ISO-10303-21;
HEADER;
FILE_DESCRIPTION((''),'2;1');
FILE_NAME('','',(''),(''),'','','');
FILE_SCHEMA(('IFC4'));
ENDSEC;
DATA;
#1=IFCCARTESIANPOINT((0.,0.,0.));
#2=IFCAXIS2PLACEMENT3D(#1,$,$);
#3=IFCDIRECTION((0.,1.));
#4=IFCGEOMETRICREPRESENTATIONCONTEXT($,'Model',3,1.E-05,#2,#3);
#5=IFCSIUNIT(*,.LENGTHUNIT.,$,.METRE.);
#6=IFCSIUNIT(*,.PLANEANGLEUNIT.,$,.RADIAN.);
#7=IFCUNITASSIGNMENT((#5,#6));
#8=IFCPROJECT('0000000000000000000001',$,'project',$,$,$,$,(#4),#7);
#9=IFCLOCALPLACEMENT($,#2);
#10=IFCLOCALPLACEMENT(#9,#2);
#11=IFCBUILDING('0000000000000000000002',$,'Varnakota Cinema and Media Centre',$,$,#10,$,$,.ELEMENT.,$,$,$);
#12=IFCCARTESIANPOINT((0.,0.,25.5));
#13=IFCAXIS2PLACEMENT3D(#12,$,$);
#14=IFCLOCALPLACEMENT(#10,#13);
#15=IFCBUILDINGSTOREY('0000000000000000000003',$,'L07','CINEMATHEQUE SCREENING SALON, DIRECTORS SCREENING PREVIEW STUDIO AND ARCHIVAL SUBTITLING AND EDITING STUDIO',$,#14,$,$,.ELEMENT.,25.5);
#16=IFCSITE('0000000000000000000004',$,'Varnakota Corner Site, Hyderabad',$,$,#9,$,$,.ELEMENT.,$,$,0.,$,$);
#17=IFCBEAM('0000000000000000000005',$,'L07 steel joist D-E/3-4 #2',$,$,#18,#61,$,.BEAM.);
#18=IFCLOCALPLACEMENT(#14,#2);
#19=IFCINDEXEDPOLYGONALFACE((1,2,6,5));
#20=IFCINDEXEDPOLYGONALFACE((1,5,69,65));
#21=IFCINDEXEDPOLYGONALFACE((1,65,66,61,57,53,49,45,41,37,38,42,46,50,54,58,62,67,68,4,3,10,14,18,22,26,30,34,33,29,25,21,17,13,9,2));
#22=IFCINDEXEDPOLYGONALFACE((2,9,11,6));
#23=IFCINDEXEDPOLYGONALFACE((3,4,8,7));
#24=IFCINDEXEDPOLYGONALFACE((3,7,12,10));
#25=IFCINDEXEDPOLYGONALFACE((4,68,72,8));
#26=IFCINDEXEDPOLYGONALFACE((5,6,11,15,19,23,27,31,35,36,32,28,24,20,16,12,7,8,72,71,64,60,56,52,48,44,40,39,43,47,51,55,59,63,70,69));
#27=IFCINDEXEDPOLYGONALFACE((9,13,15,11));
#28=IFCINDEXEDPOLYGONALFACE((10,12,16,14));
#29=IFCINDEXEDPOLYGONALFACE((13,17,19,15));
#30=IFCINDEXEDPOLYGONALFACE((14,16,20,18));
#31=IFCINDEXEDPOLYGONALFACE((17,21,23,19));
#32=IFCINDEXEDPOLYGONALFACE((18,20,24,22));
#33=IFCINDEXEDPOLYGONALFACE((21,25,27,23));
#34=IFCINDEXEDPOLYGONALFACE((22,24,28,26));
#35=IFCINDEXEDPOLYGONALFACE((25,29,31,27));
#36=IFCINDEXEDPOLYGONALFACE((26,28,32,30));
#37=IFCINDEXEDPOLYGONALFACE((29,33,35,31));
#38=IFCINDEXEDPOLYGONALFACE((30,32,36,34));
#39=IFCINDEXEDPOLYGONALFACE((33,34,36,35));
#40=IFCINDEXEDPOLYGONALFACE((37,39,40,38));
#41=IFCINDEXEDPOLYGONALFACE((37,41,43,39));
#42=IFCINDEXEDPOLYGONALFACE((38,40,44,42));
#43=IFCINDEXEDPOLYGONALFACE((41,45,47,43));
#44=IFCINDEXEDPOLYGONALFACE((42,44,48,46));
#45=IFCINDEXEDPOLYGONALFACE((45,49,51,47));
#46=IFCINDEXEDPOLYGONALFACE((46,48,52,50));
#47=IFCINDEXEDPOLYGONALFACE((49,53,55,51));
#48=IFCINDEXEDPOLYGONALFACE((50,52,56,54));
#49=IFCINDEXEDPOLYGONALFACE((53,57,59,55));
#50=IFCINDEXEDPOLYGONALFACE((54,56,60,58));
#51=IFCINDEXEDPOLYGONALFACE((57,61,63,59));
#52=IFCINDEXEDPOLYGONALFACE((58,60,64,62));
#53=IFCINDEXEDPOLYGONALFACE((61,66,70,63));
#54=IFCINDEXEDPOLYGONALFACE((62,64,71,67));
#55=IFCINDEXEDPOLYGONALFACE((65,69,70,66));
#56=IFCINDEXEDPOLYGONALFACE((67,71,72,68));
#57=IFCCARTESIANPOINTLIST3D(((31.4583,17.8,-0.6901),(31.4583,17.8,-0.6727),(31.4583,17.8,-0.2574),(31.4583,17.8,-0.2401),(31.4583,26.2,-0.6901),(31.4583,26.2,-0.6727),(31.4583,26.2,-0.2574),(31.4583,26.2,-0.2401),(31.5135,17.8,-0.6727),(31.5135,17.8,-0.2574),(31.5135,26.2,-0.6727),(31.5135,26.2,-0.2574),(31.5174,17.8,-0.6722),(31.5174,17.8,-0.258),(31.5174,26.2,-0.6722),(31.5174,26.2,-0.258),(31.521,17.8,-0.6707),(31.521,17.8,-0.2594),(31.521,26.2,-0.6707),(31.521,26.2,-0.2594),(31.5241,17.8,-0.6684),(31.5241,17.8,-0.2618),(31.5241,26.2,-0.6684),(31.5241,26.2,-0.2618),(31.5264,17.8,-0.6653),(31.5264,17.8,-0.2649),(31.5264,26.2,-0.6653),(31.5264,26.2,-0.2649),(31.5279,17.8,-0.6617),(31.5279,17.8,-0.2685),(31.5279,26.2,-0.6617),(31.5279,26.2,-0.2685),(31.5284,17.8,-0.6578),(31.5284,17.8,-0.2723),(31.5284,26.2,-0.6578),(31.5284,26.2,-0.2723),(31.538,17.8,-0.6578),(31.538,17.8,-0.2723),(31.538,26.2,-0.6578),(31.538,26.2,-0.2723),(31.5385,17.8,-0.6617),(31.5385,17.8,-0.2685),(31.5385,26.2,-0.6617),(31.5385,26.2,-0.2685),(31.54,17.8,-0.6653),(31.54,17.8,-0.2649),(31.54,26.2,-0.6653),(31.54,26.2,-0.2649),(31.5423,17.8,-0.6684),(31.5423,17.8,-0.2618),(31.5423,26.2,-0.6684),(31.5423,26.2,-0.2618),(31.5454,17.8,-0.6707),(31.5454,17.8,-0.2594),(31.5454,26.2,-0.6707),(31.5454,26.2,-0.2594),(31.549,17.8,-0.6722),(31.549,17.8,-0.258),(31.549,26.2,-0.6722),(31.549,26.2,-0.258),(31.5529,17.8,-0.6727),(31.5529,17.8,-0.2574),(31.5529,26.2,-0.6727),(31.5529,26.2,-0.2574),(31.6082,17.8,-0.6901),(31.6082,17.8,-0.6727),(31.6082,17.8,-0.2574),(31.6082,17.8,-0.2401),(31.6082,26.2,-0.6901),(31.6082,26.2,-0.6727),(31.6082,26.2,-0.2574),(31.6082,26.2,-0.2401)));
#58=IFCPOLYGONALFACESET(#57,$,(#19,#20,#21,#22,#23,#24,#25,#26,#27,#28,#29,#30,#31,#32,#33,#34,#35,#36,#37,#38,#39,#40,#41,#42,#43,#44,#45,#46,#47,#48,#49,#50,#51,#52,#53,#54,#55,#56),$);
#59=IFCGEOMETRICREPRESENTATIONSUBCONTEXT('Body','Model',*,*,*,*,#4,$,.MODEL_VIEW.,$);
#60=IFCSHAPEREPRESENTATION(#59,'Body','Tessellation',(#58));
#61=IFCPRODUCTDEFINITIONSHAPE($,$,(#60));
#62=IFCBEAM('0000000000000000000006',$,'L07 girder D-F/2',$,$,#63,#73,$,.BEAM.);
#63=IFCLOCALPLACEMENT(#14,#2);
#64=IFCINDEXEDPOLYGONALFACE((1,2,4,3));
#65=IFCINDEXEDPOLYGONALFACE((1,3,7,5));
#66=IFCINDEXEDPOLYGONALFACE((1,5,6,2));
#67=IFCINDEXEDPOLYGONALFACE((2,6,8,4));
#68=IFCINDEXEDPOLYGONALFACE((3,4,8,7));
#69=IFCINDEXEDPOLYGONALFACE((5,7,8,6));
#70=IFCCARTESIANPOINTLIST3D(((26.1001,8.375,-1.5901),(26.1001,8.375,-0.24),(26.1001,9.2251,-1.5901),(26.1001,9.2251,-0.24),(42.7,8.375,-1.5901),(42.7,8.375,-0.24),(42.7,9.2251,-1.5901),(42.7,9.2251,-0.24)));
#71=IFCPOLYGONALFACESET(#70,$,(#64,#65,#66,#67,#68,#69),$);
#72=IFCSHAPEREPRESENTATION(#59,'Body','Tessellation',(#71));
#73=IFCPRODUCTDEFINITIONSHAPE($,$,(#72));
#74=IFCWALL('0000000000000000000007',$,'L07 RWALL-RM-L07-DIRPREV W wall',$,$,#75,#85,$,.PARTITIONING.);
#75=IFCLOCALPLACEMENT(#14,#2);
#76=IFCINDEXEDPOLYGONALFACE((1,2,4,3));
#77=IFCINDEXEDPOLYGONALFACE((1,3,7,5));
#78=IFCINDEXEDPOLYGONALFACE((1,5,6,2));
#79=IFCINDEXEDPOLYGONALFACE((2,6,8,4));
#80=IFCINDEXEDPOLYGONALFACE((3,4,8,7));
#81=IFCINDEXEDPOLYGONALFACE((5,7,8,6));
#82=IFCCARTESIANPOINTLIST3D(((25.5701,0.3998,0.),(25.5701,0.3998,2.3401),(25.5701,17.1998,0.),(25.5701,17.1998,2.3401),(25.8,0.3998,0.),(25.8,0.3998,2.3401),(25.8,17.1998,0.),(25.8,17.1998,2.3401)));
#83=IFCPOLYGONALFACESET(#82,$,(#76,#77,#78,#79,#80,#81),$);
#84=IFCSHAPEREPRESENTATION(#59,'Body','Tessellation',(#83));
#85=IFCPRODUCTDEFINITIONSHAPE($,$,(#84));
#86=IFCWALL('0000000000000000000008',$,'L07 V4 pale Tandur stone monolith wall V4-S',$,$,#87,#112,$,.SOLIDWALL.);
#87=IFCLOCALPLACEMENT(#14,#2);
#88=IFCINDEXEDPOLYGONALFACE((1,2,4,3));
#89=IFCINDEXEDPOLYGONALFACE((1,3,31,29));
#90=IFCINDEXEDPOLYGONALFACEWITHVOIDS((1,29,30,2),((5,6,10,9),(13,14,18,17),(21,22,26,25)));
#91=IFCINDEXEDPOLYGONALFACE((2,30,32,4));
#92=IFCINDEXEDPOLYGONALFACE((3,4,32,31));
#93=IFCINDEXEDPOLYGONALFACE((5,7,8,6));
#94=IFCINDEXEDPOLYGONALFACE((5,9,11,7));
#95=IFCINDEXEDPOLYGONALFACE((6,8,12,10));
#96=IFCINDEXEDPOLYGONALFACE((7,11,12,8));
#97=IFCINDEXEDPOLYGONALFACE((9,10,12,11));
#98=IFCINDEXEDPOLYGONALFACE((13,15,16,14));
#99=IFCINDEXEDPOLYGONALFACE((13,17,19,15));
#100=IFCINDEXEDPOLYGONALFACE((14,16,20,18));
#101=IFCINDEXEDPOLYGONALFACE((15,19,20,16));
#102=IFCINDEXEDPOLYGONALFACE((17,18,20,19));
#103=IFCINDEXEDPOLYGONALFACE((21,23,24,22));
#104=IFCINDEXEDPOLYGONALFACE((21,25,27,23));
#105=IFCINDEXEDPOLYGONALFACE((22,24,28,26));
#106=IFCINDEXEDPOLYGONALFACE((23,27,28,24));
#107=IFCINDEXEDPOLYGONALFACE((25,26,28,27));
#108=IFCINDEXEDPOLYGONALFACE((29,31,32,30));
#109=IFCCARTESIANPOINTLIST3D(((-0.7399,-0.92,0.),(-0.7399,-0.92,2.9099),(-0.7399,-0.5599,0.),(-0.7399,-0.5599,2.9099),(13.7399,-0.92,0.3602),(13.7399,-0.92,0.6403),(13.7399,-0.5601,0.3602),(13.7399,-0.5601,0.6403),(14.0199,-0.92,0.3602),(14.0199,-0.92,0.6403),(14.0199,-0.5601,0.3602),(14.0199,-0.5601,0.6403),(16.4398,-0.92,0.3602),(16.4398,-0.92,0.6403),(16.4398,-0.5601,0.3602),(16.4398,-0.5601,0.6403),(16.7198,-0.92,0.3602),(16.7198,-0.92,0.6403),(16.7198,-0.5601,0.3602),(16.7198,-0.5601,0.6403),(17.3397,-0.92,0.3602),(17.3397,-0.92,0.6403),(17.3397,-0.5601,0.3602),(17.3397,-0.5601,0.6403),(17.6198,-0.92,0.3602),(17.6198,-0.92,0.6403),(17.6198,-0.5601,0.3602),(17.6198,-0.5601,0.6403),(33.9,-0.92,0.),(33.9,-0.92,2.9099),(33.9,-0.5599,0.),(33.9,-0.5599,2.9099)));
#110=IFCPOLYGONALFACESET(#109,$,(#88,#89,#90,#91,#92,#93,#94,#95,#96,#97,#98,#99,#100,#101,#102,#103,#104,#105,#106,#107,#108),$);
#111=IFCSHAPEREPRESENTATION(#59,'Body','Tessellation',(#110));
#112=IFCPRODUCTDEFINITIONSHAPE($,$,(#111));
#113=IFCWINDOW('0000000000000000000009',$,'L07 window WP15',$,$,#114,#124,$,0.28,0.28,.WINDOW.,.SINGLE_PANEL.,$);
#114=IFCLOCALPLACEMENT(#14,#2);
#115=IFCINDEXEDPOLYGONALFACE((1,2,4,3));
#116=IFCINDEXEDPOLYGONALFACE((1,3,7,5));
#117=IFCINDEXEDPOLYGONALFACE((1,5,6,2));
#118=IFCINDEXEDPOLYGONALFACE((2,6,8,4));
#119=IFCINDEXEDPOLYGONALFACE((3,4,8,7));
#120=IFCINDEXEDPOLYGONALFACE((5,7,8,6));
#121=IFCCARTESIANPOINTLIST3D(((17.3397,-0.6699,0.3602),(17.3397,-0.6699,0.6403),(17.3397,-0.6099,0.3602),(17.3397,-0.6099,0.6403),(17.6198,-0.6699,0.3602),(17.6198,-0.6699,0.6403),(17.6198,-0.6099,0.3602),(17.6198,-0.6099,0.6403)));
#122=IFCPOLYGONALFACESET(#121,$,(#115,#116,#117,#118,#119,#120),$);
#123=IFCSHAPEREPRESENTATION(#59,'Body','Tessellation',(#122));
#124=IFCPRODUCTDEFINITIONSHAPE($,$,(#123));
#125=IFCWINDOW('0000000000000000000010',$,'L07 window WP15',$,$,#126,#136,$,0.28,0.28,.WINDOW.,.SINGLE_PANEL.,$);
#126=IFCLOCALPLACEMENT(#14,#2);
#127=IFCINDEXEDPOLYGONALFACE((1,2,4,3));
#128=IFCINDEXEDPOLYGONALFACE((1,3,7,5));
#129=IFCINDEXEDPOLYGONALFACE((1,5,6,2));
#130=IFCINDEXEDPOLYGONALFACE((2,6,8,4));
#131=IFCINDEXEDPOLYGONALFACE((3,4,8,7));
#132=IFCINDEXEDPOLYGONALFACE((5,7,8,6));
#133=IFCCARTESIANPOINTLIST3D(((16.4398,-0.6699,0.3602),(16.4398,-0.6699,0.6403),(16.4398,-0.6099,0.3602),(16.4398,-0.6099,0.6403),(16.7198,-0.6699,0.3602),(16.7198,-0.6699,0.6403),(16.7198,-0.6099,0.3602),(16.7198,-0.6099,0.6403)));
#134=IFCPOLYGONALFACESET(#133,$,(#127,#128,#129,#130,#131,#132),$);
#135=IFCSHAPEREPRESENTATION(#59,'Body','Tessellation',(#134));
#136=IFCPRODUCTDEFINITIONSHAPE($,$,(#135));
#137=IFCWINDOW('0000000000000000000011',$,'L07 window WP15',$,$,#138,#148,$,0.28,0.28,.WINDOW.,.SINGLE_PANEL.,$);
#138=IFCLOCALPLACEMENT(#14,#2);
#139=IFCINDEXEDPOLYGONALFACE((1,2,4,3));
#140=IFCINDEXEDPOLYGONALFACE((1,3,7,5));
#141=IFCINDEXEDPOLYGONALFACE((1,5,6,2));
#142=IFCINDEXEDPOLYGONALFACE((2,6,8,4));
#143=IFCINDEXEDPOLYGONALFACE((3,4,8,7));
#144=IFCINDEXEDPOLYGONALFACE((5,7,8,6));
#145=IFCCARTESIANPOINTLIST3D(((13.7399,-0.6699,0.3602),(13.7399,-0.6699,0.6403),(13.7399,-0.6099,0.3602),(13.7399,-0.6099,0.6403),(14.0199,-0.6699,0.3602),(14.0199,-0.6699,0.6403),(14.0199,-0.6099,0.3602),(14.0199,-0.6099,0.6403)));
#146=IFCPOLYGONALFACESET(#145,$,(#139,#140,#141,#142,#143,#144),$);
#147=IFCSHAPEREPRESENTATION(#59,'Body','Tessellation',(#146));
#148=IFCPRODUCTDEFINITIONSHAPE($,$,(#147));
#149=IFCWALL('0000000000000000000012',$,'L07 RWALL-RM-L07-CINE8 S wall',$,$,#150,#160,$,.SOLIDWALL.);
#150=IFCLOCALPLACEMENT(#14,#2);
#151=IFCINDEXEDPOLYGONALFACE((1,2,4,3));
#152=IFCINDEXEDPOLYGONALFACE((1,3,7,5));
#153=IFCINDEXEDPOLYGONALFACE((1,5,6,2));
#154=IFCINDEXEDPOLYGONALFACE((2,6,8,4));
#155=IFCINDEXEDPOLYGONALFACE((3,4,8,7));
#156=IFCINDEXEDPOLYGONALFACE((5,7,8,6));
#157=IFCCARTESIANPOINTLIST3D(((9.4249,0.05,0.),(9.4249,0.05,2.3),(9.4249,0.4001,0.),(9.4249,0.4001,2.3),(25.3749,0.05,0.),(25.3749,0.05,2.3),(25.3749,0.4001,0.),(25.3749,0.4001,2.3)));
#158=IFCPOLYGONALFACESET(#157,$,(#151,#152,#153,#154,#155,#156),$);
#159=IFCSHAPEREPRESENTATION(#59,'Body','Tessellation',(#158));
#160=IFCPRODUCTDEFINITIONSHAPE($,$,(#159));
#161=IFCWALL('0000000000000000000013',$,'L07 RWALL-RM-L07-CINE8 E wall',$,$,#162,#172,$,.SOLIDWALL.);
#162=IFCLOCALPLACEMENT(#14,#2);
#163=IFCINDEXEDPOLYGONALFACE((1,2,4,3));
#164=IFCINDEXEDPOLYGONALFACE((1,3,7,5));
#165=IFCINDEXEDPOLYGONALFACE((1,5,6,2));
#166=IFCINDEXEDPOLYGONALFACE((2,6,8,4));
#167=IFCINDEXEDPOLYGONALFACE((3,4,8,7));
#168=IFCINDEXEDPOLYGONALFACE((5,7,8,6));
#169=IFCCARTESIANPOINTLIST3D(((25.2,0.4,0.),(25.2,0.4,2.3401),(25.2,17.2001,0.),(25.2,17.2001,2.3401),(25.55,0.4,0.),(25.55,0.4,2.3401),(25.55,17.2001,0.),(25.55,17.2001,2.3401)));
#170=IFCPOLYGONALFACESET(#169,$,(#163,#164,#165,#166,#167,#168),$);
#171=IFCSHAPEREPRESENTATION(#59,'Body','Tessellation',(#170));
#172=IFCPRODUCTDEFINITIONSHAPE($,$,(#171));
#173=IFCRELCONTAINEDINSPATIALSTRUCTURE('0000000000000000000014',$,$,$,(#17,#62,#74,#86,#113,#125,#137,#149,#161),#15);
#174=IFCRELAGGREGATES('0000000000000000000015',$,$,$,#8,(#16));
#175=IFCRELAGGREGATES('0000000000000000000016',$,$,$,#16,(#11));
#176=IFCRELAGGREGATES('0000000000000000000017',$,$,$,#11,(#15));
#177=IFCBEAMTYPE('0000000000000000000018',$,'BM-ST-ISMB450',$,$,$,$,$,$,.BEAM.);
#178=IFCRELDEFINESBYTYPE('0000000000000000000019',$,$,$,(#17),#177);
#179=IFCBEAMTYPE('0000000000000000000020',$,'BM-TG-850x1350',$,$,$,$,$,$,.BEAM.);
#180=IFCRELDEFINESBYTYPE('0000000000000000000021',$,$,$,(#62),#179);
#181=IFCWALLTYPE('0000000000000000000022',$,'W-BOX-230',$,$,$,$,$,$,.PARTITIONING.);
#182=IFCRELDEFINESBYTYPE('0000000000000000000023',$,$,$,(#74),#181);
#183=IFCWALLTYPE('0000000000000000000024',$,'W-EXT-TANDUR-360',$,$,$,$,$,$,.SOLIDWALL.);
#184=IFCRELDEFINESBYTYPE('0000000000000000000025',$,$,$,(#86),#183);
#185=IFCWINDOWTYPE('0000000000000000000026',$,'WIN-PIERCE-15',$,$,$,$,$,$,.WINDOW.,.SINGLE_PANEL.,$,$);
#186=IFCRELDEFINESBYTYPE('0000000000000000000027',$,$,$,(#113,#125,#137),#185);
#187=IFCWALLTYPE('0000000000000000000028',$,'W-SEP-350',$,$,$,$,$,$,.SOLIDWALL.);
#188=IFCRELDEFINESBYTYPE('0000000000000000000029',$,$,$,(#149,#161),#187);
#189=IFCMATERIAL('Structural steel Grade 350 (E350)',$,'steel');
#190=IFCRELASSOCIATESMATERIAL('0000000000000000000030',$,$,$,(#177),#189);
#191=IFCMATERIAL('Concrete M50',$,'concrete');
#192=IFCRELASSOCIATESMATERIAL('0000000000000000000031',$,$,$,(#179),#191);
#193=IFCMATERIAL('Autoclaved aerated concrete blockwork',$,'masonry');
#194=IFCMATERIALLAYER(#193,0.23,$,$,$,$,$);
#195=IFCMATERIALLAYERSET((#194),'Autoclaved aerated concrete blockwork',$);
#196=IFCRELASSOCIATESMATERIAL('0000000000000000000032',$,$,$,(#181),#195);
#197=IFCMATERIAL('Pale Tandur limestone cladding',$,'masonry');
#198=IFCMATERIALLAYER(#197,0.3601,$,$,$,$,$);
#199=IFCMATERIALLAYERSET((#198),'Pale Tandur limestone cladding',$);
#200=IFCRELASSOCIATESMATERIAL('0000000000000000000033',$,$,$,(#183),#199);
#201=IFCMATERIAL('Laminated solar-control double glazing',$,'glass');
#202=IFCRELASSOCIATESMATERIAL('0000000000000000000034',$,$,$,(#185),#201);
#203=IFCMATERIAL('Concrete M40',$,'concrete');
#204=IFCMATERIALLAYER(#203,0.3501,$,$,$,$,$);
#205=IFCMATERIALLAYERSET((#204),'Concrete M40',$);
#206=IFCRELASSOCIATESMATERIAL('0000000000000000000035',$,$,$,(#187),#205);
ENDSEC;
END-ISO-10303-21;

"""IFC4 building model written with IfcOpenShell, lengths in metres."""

from ifc_helpers import new_model, si_unit, direction, frame, frame_2d, origin, origin_2d, place, context, subcontext, project, spatial, rectangle, i_section, extrude, material, layer, layer_set, material_profile, profile_set, type_object, element, fill, save


model = new_model("IFC4")

# Units and contexts
model_context = context("Model", 3, precision=1e-05, world=origin(), true_north=direction((0.0, 1.0)))
body_context = subcontext(model_context, "Body", "Model", "MODEL_VIEW")
ifc_project = project(units=[si_unit("LENGTHUNIT", "METRE"), si_unit("PLANEANGLEUNIT", "RADIAN")], contexts=[model_context])

# Site, building, storey
site_placement = place(None, origin())
site = spatial("IfcSite", under=ifc_project, at=site_placement, Name="Varnakota Corner Site, Hyderabad", CompositionType="ELEMENT", RefElevation=0.0)
building_placement = place(site_placement, origin())
building = spatial("IfcBuilding", under=site, at=building_placement, Name="Varnakota Cinema and Media Centre", CompositionType="ELEMENT")
storey_placement = place(building_placement, frame((0.0, 0.0, 25.5)))
storey = spatial("IfcBuildingStorey", under=building, at=storey_placement, Name="L07", Description="CINEMATHEQUE SCREENING SALON, DIRECTORS SCREENING PREVIEW STUDIO AND ARCHIVAL SUBTITLING AND EDITING STUDIO", CompositionType="ELEMENT", Elevation=25.5)

# Beams
ifc_material_1 = material(Name="Structural steel Grade 350 (E350)", Category="steel")
ifc_material_profile_1 = material_profile(ifc_material_1, i_section(OverallWidth=0.1499, OverallDepth=0.45, WebThickness=0.0095, FlangeThickness=0.0173, FilletRadius=0.0149, at=origin_2d()), Name="ISMB 450")
ifc_profile_set_1 = profile_set([ifc_material_profile_1], Name="Structural steel Grade 350 (E350)")
beam_type_1 = type_object("IfcBeamType", Name="BM-ST-ISMB450", PredefinedType="BEAM", material=ifc_profile_set_1)
for number, where, z_axis, x_axis, name in (
    (1, (31.5332, 17.8, -0.4651), (0.0, 1.0, 0.0), (-1.0, 0.0, 0.0), "L07 steel joist D-E/3-4 #2"),
):
    element("IfcBeam", number, at=place(storey_placement, frame(where, z_axis=z_axis, x_axis=x_axis)), inside=storey, type_object=beam_type_1, Name=name, PredefinedType="BEAM", context=body_context, shape_type="SweptSolid", body=[
        extrude(i_section(OverallWidth=0.1499, OverallDepth=0.45, WebThickness=0.0095, FlangeThickness=0.0173, FilletRadius=0.0149, at=origin_2d()), origin(), (0.0, 0.0, 1.0), 8.3999),
    ])
ifc_material_2 = material(Name="Concrete M50", Category="concrete")
ifc_material_profile_2 = material_profile(ifc_material_2, rectangle(XDim=0.8501, YDim=1.3501, at=origin_2d()), Name="RCB 850x1350")
ifc_profile_set_2 = profile_set([ifc_material_profile_2], Name="Concrete M50")
beam_type_2 = type_object("IfcBeamType", Name="BM-TG-850x1350", PredefinedType="BEAM", material=ifc_profile_set_2)
beam_1_placement = place(storey_placement, frame((26.1001, 8.8, -0.915), z_axis=(1.0, 0.0, 0.0), x_axis=(0.0, 1.0, 0.0)))
element("IfcBeam", 2, at=beam_1_placement, inside=storey, type_object=beam_type_2, Name="L07 girder D-F/2", PredefinedType="BEAM", context=body_context, shape_type="SweptSolid", body=[
    extrude(rectangle(XDim=0.8501, YDim=1.3501, at=origin_2d()), origin(), (0.0, 0.0, 1.0), 16.5999),
])

# Wall
ifc_material_3 = material(Name="Autoclaved aerated concrete blockwork", Category="masonry")
ifc_layer_1 = layer(ifc_material_3, 0.23)
ifc_layer_set_1 = layer_set([ifc_layer_1], Name="Autoclaved aerated concrete blockwork")
wall_type_1 = type_object("IfcWallType", Name="W-BOX-230", PredefinedType="PARTITIONING", material=ifc_layer_set_1)
wall_1_placement = place(storey_placement, frame((25.6851, 0.3999, 0.0), z_axis=(0.0, 0.0, 1.0), x_axis=(0.0, 1.0, 0.0)))
element("IfcWall", 3, at=wall_1_placement, inside=storey, type_object=wall_type_1, Name="L07 RWALL-RM-L07-DIRPREV W wall", PredefinedType="PARTITIONING", context=body_context, shape_type="SweptSolid", body=[
    extrude(rectangle(XDim=16.8, YDim=0.23, at=frame_2d((8.3999, 0.0))), origin(), (0.0, 0.0, 1.0), 2.3401),
])

# Wall, openings, windows
ifc_material_4 = material(Name="Pale Tandur limestone cladding", Category="masonry")
ifc_layer_2 = layer(ifc_material_4, 0.3601)
ifc_layer_set_2 = layer_set([ifc_layer_2], Name="Pale Tandur limestone cladding")
wall_type_2 = type_object("IfcWallType", Name="W-EXT-TANDUR-360", PredefinedType="SOLIDWALL", material=ifc_layer_set_2)
wall_2_placement = place(storey_placement, frame((33.8999, -0.74, 0.0), z_axis=(0.0, 0.0, 1.0), x_axis=(-1.0, 0.0, 0.0)))
wall_2 = element("IfcWall", 4, at=wall_2_placement, inside=storey, type_object=wall_type_2, Name="L07 V4 pale Tandur stone monolith wall V4-S", PredefinedType="SOLIDWALL", context=body_context, shape_type="SweptSolid", body=[
    extrude(rectangle(XDim=34.6399, YDim=0.3601, at=frame_2d((17.3198, 0.0))), origin(), (0.0, 0.0, 1.0), 2.9099),
])
opening_1_placement = place(wall_2_placement, frame((16.28, 0.0, 0.3601)))
opening_1 = element("IfcOpeningElement", 5, at=opening_1_placement, cuts=wall_2, PredefinedType="OPENING", context=body_context, shape_type="SweptSolid", body=[
    extrude(rectangle(XDim=0.28, YDim=0.28, at=frame_2d((0.1401, 0.1401))), frame((0.0, 0.1802, 0.0), z_axis=(0.0, -1.0, 0.0), x_axis=(1.0, 0.0, 0.0)), (0.0, 0.0, 1.0), 0.3601),
])
opening_2_placement = place(wall_2_placement, frame((17.1799, 0.0, 0.3601)))
opening_2 = element("IfcOpeningElement", 6, at=opening_2_placement, cuts=wall_2, PredefinedType="OPENING", context=body_context, shape_type="SweptSolid", body=[
    extrude(rectangle(XDim=0.28, YDim=0.28, at=frame_2d((0.1401, 0.1401))), frame((0.0, 0.1802, 0.0), z_axis=(0.0, -1.0, 0.0), x_axis=(1.0, 0.0, 0.0)), (0.0, 0.0, 1.0), 0.3601),
])
opening_3_placement = place(wall_2_placement, frame((19.8799, 0.0, 0.3601)))
opening_3 = element("IfcOpeningElement", 7, at=opening_3_placement, cuts=wall_2, PredefinedType="OPENING", context=body_context, shape_type="SweptSolid", body=[
    extrude(rectangle(XDim=0.28, YDim=0.28, at=frame_2d((0.1401, 0.1401))), frame((0.0, 0.1802, 0.0), z_axis=(0.0, -1.0, 0.0), x_axis=(1.0, 0.0, 0.0)), (0.0, 0.0, 1.0), 0.3601),
])
ifc_material_5 = material(Name="Laminated solar-control double glazing", Category="glass")
window_type = type_object("IfcWindowType", Name="WIN-PIERCE-15", PartitioningType="SINGLE_PANEL", PredefinedType="WINDOW", material=ifc_material_5)
window_1_placement = place(opening_1_placement, origin())
window_1 = element("IfcWindow", 8, at=window_1_placement, inside=storey, type_object=window_type, Name="L07 window WP15", OverallHeight=0.28, OverallWidth=0.28, PartitioningType="SINGLE_PANEL", PredefinedType="WINDOW", context=body_context, shape_type="SweptSolid", body=[
    extrude(rectangle(XDim=0.28, YDim=0.28, at=frame_2d((0.1401, 0.1401))), frame((0.0, -0.0701, 0.0), z_axis=(0.0, -1.0, 0.0), x_axis=(1.0, 0.0, 0.0)), (0.0, 0.0, 1.0), 0.0601),
])
fill(opening_1, window_1)
window_2_placement = place(opening_2_placement, origin())
window_2 = element("IfcWindow", 9, at=window_2_placement, inside=storey, type_object=window_type, Name="L07 window WP15", OverallHeight=0.28, OverallWidth=0.28, PartitioningType="SINGLE_PANEL", PredefinedType="WINDOW", context=body_context, shape_type="SweptSolid", body=[
    extrude(rectangle(XDim=0.28, YDim=0.28, at=frame_2d((0.1401, 0.1401))), frame((0.0, -0.0701, 0.0), z_axis=(0.0, -1.0, 0.0), x_axis=(1.0, 0.0, 0.0)), (0.0, 0.0, 1.0), 0.0601),
])
fill(opening_2, window_2)
window_3_placement = place(opening_3_placement, origin())
window_3 = element("IfcWindow", 10, at=window_3_placement, inside=storey, type_object=window_type, Name="L07 window WP15", OverallHeight=0.28, OverallWidth=0.28, PartitioningType="SINGLE_PANEL", PredefinedType="WINDOW", context=body_context, shape_type="SweptSolid", body=[
    extrude(rectangle(XDim=0.28, YDim=0.28, at=frame_2d((0.1401, 0.1401))), frame((0.0, -0.0701, 0.0), z_axis=(0.0, -1.0, 0.0), x_axis=(1.0, 0.0, 0.0)), (0.0, 0.0, 1.0), 0.0601),
])
fill(opening_3, window_3)

# Walls
ifc_material_6 = material(Name="Concrete M40", Category="concrete")
ifc_layer_3 = layer(ifc_material_6, 0.3501)
ifc_layer_set_3 = layer_set([ifc_layer_3], Name="Concrete M40")
wall_type_3 = type_object("IfcWallType", Name="W-SEP-350", PredefinedType="SOLIDWALL", material=ifc_layer_set_3)
wall_3_placement = place(storey_placement, frame((25.375, 0.2251, 0.0), z_axis=(0.0, 0.0, 1.0), x_axis=(-1.0, 0.0, 0.0)))
element("IfcWall", 11, at=wall_3_placement, inside=storey, type_object=wall_type_3, Name="L07 RWALL-RM-L07-CINE8 S wall", PredefinedType="SOLIDWALL", context=body_context, shape_type="SweptSolid", body=[
    extrude(rectangle(XDim=15.95, YDim=0.3501, at=frame_2d((7.9751, 0.0))), origin(), (0.0, 0.0, 1.0), 2.3),
])
wall_4_placement = place(storey_placement, frame((25.375, 17.2, 0.0), z_axis=(0.0, 0.0, 1.0), x_axis=(0.0, -1.0, 0.0)))
element("IfcWall", 12, at=wall_4_placement, inside=storey, type_object=wall_type_3, Name="L07 RWALL-RM-L07-CINE8 E wall", PredefinedType="SOLIDWALL", context=body_context, shape_type="SweptSolid", body=[
    extrude(rectangle(XDim=16.8, YDim=0.3501, at=frame_2d((8.3999, 0.0))), origin(), (0.0, 0.0, 1.0), 2.3401),
])

save(model, "model.ifc")
